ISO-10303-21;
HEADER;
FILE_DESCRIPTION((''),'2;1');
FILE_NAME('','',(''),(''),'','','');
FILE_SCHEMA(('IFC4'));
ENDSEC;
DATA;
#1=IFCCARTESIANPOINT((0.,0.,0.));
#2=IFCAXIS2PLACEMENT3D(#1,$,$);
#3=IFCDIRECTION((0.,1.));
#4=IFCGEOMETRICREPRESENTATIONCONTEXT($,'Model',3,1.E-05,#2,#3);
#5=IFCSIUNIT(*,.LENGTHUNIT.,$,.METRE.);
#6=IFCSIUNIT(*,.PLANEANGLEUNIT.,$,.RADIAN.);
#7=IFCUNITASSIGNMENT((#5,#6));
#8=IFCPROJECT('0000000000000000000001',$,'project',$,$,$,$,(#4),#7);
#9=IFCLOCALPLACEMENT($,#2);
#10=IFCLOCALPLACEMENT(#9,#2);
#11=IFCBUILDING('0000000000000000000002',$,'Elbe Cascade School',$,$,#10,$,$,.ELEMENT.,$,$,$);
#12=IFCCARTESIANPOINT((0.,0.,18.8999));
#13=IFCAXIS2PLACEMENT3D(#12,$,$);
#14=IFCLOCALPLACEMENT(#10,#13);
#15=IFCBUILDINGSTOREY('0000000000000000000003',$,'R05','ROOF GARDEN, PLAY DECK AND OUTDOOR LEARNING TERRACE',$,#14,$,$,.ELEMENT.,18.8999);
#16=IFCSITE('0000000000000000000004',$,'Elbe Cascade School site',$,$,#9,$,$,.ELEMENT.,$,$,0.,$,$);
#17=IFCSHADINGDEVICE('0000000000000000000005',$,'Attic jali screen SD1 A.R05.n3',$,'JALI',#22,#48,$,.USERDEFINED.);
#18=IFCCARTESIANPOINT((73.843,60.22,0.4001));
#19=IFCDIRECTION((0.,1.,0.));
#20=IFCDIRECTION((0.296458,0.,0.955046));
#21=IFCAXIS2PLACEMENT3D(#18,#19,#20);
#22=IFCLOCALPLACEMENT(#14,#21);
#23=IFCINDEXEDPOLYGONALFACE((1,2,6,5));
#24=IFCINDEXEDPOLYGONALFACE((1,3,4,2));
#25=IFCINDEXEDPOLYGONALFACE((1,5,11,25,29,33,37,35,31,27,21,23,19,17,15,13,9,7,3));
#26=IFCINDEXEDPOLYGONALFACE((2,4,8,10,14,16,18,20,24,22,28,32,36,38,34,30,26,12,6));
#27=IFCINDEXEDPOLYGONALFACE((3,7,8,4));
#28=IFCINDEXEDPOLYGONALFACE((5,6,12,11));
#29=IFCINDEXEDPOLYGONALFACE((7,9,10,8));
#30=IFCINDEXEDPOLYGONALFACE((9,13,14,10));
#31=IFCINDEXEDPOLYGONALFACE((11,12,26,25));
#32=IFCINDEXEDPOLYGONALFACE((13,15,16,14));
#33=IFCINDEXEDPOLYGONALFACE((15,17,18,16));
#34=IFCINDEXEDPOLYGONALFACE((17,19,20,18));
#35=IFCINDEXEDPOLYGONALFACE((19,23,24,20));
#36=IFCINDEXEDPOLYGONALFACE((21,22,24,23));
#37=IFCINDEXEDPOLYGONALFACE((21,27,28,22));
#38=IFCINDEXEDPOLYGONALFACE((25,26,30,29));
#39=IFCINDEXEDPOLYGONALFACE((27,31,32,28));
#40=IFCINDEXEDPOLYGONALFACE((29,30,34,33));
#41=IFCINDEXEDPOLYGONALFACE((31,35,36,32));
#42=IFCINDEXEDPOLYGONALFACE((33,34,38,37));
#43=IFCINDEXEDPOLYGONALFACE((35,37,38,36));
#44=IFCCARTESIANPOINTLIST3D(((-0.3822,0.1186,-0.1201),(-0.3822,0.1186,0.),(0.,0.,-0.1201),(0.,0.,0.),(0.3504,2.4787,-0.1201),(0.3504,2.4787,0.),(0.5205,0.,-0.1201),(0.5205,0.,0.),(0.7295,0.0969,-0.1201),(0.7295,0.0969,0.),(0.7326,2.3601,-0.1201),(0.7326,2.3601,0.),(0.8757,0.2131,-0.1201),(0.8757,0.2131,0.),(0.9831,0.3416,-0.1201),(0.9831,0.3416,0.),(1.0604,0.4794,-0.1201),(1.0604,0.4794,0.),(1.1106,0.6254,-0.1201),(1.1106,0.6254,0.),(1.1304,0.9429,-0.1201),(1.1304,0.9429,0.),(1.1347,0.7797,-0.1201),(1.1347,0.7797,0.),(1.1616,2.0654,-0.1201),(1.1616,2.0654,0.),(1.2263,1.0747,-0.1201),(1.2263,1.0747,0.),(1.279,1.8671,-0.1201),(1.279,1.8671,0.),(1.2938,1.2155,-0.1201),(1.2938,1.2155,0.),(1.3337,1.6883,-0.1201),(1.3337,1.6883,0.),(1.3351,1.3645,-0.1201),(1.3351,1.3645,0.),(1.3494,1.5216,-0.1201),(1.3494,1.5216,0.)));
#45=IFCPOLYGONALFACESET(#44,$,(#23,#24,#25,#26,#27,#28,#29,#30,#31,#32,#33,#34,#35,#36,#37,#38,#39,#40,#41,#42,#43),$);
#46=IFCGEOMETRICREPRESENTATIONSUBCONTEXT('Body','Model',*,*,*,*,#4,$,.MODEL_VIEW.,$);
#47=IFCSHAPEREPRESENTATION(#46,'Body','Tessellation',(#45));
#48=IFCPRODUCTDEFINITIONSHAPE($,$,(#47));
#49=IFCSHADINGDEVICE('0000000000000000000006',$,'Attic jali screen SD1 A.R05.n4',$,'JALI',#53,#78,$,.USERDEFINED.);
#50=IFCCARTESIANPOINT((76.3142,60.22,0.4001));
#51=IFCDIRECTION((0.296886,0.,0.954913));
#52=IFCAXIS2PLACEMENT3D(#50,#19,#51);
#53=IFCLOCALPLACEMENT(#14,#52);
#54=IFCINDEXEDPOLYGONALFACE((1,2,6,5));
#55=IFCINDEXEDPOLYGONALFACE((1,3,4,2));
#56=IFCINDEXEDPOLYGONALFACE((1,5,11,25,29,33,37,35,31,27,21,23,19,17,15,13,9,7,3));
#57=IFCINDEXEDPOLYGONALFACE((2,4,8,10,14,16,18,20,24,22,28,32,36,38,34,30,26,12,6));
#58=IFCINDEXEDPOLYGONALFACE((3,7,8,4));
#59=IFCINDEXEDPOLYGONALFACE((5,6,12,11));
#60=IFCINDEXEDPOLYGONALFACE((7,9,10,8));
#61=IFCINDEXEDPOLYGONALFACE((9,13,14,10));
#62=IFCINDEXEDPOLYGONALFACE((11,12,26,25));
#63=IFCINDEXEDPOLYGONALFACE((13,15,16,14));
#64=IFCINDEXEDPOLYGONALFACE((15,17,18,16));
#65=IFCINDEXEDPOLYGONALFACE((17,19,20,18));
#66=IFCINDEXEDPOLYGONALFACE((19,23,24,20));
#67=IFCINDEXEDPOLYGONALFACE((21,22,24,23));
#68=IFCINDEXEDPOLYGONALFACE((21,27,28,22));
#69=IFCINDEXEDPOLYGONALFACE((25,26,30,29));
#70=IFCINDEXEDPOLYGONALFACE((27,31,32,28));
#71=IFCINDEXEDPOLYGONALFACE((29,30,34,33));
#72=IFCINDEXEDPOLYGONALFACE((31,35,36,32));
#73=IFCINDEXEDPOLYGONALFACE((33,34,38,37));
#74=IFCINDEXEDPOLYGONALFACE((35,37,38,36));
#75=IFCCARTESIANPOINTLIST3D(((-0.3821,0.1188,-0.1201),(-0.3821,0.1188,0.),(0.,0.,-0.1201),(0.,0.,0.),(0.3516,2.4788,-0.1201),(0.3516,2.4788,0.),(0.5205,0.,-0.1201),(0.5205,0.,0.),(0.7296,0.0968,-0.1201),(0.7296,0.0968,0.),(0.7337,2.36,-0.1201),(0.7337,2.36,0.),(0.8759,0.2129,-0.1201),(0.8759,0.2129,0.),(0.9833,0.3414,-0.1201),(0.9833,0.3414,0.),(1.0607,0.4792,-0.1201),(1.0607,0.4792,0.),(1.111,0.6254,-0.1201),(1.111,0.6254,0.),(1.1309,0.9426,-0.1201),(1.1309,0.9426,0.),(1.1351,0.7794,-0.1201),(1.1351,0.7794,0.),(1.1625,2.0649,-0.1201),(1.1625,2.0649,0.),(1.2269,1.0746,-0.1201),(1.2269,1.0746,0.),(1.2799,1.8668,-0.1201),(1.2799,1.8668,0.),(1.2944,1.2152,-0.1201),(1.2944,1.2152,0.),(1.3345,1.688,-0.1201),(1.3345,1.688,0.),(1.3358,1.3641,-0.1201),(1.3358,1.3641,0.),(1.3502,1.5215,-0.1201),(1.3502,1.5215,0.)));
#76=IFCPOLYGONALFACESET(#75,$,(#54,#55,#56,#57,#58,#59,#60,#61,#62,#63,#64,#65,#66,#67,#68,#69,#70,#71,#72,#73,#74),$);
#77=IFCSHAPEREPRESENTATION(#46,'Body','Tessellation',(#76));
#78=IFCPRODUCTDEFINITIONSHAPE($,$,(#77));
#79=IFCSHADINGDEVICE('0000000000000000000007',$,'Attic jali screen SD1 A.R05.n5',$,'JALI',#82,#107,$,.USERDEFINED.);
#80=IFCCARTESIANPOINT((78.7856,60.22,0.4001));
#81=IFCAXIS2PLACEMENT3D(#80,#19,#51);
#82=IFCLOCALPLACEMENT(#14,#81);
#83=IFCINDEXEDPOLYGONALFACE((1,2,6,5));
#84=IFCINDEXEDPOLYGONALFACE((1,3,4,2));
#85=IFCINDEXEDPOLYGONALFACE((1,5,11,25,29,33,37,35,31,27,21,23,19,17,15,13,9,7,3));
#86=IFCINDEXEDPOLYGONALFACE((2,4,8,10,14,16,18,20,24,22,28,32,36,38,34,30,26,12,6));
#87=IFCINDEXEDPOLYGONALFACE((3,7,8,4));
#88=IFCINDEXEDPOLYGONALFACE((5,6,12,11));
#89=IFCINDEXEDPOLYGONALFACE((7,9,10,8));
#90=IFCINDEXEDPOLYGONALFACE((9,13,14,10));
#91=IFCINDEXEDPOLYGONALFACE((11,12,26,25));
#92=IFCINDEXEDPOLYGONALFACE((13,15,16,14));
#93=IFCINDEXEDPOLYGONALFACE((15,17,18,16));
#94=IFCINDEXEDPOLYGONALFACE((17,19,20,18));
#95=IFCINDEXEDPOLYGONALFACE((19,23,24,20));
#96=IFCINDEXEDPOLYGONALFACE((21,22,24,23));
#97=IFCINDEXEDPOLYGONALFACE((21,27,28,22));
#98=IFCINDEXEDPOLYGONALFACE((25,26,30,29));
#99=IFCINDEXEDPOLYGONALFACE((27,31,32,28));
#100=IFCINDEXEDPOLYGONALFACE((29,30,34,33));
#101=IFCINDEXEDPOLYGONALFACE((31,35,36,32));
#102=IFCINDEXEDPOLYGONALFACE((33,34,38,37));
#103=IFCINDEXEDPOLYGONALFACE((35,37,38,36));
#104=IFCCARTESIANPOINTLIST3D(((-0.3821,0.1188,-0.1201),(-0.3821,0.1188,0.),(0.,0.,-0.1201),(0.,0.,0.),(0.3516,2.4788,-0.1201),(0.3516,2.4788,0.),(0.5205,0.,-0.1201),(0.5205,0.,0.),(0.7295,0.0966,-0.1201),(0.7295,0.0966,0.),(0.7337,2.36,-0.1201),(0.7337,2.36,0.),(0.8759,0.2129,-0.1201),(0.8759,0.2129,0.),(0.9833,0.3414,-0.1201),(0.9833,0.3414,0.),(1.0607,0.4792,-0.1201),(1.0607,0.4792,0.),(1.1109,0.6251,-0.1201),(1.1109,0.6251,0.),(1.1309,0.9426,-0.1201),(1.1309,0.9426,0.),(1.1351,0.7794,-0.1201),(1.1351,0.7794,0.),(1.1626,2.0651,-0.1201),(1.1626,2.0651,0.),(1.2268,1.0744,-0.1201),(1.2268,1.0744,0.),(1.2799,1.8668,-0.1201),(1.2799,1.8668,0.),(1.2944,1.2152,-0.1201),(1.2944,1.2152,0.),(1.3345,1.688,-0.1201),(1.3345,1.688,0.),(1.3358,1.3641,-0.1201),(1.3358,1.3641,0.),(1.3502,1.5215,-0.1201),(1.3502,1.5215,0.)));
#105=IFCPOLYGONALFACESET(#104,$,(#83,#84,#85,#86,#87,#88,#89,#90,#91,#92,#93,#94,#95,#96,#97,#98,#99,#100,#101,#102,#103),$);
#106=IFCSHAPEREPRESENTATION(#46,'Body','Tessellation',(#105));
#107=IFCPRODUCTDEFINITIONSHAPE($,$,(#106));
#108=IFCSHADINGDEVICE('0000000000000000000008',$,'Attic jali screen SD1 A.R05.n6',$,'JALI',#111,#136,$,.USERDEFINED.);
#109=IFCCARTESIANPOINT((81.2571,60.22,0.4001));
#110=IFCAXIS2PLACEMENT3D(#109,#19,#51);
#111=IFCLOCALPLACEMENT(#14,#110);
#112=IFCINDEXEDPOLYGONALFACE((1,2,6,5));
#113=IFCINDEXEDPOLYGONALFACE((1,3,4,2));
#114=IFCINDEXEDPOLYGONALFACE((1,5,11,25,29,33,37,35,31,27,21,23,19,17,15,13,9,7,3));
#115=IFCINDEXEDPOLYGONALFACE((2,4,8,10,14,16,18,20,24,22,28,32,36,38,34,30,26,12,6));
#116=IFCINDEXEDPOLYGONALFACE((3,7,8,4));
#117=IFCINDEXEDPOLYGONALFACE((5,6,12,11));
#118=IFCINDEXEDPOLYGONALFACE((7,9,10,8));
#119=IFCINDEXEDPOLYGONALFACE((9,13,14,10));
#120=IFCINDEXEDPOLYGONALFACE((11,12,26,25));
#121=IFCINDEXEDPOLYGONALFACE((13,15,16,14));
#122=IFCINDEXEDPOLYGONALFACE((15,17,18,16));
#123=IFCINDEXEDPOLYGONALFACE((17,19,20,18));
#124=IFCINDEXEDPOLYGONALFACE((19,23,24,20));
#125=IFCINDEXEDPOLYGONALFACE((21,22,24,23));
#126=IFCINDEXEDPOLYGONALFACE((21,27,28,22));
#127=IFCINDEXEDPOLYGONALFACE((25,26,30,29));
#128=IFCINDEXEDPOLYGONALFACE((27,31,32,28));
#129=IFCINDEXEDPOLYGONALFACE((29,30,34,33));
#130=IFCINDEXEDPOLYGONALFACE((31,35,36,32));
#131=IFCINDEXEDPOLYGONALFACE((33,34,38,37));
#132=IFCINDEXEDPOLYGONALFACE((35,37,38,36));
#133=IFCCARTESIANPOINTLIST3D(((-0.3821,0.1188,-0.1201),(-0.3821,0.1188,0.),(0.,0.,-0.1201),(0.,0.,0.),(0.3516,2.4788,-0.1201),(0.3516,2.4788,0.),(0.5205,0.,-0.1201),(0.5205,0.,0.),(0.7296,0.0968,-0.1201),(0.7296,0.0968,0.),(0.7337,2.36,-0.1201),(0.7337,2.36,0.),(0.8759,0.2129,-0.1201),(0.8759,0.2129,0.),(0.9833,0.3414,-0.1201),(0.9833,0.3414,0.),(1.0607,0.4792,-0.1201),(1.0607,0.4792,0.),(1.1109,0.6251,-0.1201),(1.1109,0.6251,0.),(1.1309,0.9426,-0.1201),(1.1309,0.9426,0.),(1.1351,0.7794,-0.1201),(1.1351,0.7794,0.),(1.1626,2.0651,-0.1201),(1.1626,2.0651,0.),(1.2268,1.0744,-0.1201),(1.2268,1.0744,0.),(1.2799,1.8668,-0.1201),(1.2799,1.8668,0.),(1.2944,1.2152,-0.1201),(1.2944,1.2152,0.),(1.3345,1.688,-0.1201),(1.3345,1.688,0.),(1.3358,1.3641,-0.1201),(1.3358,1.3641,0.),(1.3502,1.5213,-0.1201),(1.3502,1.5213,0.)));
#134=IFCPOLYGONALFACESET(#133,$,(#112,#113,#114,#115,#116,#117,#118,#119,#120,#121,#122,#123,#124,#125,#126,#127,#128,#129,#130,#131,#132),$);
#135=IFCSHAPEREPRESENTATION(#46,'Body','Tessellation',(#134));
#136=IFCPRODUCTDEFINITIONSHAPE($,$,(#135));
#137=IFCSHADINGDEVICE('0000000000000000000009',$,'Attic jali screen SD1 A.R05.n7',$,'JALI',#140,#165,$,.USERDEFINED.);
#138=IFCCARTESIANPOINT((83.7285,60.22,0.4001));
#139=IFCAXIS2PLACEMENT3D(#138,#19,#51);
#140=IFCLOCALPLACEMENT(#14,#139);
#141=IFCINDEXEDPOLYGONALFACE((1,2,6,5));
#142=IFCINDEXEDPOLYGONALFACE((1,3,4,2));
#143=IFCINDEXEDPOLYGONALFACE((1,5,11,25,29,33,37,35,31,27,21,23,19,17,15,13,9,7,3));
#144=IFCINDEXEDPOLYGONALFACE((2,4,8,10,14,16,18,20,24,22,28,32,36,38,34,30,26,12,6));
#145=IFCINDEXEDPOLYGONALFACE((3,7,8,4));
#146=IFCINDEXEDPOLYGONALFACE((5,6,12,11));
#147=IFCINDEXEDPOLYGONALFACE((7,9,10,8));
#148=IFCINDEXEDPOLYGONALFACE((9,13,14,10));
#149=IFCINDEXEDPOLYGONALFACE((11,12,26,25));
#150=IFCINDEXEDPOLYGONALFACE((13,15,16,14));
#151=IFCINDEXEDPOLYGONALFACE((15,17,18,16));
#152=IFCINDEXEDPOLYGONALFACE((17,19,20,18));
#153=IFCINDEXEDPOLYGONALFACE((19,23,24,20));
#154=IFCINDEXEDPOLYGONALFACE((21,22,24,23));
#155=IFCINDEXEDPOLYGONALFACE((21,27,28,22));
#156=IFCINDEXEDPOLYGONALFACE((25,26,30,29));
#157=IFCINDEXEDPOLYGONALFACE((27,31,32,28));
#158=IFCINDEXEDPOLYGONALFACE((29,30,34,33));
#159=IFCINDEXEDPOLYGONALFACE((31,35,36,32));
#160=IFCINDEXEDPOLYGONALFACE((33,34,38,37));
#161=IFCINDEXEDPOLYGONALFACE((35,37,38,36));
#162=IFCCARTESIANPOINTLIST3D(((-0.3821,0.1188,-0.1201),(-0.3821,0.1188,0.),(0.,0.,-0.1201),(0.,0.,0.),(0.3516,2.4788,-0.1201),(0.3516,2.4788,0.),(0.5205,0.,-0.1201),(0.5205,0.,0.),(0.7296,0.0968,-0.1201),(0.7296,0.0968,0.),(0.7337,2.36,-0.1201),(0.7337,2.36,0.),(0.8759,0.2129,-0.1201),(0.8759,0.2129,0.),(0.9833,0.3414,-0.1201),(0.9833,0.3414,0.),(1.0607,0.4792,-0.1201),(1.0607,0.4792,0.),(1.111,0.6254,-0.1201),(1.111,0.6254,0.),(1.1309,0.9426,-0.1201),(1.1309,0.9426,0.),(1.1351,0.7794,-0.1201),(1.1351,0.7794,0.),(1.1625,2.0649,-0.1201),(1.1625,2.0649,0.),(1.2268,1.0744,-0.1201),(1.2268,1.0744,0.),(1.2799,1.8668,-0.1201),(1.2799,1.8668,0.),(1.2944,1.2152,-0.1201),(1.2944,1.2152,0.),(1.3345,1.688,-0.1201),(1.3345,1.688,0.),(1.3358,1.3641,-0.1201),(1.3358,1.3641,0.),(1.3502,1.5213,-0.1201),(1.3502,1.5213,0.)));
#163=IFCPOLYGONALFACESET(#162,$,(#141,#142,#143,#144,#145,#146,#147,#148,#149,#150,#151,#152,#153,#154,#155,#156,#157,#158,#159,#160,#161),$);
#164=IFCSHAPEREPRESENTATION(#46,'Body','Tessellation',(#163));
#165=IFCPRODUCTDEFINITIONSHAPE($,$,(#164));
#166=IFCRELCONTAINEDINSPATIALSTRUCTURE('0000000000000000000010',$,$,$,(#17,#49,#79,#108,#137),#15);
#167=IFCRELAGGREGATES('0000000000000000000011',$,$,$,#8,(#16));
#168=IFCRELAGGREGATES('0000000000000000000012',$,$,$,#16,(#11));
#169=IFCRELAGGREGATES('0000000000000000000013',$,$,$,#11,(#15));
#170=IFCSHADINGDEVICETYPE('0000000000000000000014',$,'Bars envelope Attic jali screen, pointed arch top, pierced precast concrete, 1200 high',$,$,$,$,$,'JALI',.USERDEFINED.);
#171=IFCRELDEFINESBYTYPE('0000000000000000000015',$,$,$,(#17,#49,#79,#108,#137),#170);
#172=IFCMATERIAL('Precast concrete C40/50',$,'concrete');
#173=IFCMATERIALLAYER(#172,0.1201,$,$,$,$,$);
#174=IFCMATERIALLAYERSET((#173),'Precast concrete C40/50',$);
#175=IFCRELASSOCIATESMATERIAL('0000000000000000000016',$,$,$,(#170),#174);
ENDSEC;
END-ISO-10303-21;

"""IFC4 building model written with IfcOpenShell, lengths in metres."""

from ifc_helpers import new_model, si_unit, direction, frame, origin, place, context, subcontext, project, spatial, polyline, outline, extrude, material, layer, layer_set, type_object, element, save


model = new_model("IFC4")

# Units and contexts
model_context = context("Model", 3, precision=1e-05, world=origin(), true_north=direction((0.0, 1.0)))
body_context = subcontext(model_context, "Body", "Model", "MODEL_VIEW")
ifc_project = project(units=[si_unit("LENGTHUNIT", "METRE"), si_unit("PLANEANGLEUNIT", "RADIAN")], contexts=[model_context])

# Site, building, storey
site_placement = place(None, origin())
site = spatial("IfcSite", under=ifc_project, at=site_placement, Name="Elbe Cascade School site", CompositionType="ELEMENT", RefElevation=0.0)
building_placement = place(site_placement, origin())
building = spatial("IfcBuilding", under=site, at=building_placement, Name="Elbe Cascade School", CompositionType="ELEMENT")
storey_placement = place(building_placement, frame((0.0, 0.0, 18.8999)))
storey = spatial("IfcBuildingStorey", under=building, at=storey_placement, Name="R05", Description="ROOF GARDEN, PLAY DECK AND OUTDOOR LEARNING TERRACE", CompositionType="ELEMENT", Elevation=18.8999)

# Shading devices
ifc_material_1 = material(Name="Precast concrete C40/50", Category="concrete")
ifc_layer_1 = layer(ifc_material_1, 0.1201)
ifc_layer_set_1 = layer_set([ifc_layer_1], Name="Precast concrete C40/50")
shading_device_type = type_object("IfcShadingDeviceType", Name="Bars envelope Attic jali screen, pointed arch top, pierced precast concrete, 1200 high", ElementType="JALI", PredefinedType="USERDEFINED", material=ifc_layer_set_1)
shading_device_1_placement = place(storey_placement, frame((73.843, 60.22, 0.4001), z_axis=(0.0, 1.0, 0.0), x_axis=(0.296458, 0.0, 0.955046)))
element("IfcShadingDevice", 1, at=shading_device_1_placement, inside=storey, type_object=shading_device_type, Name="Attic jali screen SD1 A.R05.n3", ObjectType="JALI", PredefinedType="USERDEFINED", context=body_context, shape_type="SweptSolid", body=[
    extrude(outline(polyline([(0.0, 0.0), (0.5205, 0.0), (0.7295, 0.0969), (0.8757, 0.2131), (0.9831, 0.3416), (1.0604, 0.4794), (1.1106, 0.6254), (1.1347, 0.7797), (1.1304, 0.9429), (1.2263, 1.0747), (1.2938, 1.2155), (1.3351, 1.3645), (1.3494, 1.5216), (1.3337, 1.6883), (1.279, 1.8671), (1.1616, 2.0654), (0.7326, 2.3601), (0.3504, 2.4787), (-0.3822, 0.1186), (0.0, 0.0)])), origin(), (0.0, 0.0, -1.0), 0.1201),
])
shading_device_2_placement = place(storey_placement, frame((76.3142, 60.22, 0.4001), z_axis=(0.0, 1.0, 0.0), x_axis=(0.296886, 0.0, 0.954913)))
element("IfcShadingDevice", 2, at=shading_device_2_placement, inside=storey, type_object=shading_device_type, Name="Attic jali screen SD1 A.R05.n4", ObjectType="JALI", PredefinedType="USERDEFINED", context=body_context, shape_type="SweptSolid", body=[
    extrude(outline(polyline([(0.0, 0.0), (0.5205, 0.0), (0.7296, 0.0968), (0.8759, 0.2129), (0.9833, 0.3414), (1.0607, 0.4792), (1.111, 0.6254), (1.1351, 0.7794), (1.1309, 0.9426), (1.2269, 1.0746), (1.2944, 1.2152), (1.3358, 1.3641), (1.3502, 1.5215), (1.3345, 1.688), (1.2799, 1.8668), (1.1625, 2.0649), (0.7337, 2.36), (0.3516, 2.4788), (-0.3821, 0.1188), (0.0, 0.0)])), origin(), (0.0, 0.0, -1.0), 0.1201),
])
shading_device_3_placement = place(storey_placement, frame((78.7856, 60.22, 0.4001), z_axis=(0.0, 1.0, 0.0), x_axis=(0.296886, 0.0, 0.954913)))
element("IfcShadingDevice", 3, at=shading_device_3_placement, inside=storey, type_object=shading_device_type, Name="Attic jali screen SD1 A.R05.n5", ObjectType="JALI", PredefinedType="USERDEFINED", context=body_context, shape_type="SweptSolid", body=[
    extrude(outline(polyline([(0.0, 0.0), (0.5205, 0.0), (0.7295, 0.0966), (0.8759, 0.2129), (0.9833, 0.3414), (1.0607, 0.4792), (1.1109, 0.6251), (1.1351, 0.7794), (1.1309, 0.9426), (1.2268, 1.0744), (1.2944, 1.2152), (1.3358, 1.3641), (1.3502, 1.5215), (1.3345, 1.688), (1.2799, 1.8668), (1.1626, 2.0651), (0.7337, 2.36), (0.3516, 2.4788), (-0.3821, 0.1188), (0.0, 0.0)])), origin(), (0.0, 0.0, -1.0), 0.1201),
])
shading_device_4_placement = place(storey_placement, frame((81.2571, 60.22, 0.4001), z_axis=(0.0, 1.0, 0.0), x_axis=(0.296886, 0.0, 0.954913)))
element("IfcShadingDevice", 4, at=shading_device_4_placement, inside=storey, type_object=shading_device_type, Name="Attic jali screen SD1 A.R05.n6", ObjectType="JALI", PredefinedType="USERDEFINED", context=body_context, shape_type="SweptSolid", body=[
    extrude(outline(polyline([(0.0, 0.0), (0.5205, 0.0), (0.7296, 0.0968), (0.8759, 0.2129), (0.9833, 0.3414), (1.0607, 0.4792), (1.1109, 0.6251), (1.1351, 0.7794), (1.1309, 0.9426), (1.2268, 1.0744), (1.2944, 1.2152), (1.3358, 1.3641), (1.3502, 1.5213), (1.3345, 1.688), (1.2799, 1.8668), (1.1626, 2.0651), (0.7337, 2.36), (0.3516, 2.4788), (-0.3821, 0.1188), (0.0, 0.0)])), origin(), (0.0, 0.0, -1.0), 0.1201),
])
shading_device_5_placement = place(storey_placement, frame((83.7285, 60.22, 0.4001), z_axis=(0.0, 1.0, 0.0), x_axis=(0.296886, 0.0, 0.954913)))
element("IfcShadingDevice", 5, at=shading_device_5_placement, inside=storey, type_object=shading_device_type, Name="Attic jali screen SD1 A.R05.n7", ObjectType="JALI", PredefinedType="USERDEFINED", context=body_context, shape_type="SweptSolid", body=[
    extrude(outline(polyline([(0.0, 0.0), (0.5205, 0.0), (0.7296, 0.0968), (0.8759, 0.2129), (0.9833, 0.3414), (1.0607, 0.4792), (1.111, 0.6254), (1.1351, 0.7794), (1.1309, 0.9426), (1.2268, 1.0744), (1.2944, 1.2152), (1.3358, 1.3641), (1.3502, 1.5213), (1.3345, 1.688), (1.2799, 1.8668), (1.1625, 2.0649), (0.7337, 2.36), (0.3516, 2.4788), (-0.3821, 0.1188), (0.0, 0.0)])), origin(), (0.0, 0.0, -1.0), 0.1201),
])

save(model, "model.ifc")
